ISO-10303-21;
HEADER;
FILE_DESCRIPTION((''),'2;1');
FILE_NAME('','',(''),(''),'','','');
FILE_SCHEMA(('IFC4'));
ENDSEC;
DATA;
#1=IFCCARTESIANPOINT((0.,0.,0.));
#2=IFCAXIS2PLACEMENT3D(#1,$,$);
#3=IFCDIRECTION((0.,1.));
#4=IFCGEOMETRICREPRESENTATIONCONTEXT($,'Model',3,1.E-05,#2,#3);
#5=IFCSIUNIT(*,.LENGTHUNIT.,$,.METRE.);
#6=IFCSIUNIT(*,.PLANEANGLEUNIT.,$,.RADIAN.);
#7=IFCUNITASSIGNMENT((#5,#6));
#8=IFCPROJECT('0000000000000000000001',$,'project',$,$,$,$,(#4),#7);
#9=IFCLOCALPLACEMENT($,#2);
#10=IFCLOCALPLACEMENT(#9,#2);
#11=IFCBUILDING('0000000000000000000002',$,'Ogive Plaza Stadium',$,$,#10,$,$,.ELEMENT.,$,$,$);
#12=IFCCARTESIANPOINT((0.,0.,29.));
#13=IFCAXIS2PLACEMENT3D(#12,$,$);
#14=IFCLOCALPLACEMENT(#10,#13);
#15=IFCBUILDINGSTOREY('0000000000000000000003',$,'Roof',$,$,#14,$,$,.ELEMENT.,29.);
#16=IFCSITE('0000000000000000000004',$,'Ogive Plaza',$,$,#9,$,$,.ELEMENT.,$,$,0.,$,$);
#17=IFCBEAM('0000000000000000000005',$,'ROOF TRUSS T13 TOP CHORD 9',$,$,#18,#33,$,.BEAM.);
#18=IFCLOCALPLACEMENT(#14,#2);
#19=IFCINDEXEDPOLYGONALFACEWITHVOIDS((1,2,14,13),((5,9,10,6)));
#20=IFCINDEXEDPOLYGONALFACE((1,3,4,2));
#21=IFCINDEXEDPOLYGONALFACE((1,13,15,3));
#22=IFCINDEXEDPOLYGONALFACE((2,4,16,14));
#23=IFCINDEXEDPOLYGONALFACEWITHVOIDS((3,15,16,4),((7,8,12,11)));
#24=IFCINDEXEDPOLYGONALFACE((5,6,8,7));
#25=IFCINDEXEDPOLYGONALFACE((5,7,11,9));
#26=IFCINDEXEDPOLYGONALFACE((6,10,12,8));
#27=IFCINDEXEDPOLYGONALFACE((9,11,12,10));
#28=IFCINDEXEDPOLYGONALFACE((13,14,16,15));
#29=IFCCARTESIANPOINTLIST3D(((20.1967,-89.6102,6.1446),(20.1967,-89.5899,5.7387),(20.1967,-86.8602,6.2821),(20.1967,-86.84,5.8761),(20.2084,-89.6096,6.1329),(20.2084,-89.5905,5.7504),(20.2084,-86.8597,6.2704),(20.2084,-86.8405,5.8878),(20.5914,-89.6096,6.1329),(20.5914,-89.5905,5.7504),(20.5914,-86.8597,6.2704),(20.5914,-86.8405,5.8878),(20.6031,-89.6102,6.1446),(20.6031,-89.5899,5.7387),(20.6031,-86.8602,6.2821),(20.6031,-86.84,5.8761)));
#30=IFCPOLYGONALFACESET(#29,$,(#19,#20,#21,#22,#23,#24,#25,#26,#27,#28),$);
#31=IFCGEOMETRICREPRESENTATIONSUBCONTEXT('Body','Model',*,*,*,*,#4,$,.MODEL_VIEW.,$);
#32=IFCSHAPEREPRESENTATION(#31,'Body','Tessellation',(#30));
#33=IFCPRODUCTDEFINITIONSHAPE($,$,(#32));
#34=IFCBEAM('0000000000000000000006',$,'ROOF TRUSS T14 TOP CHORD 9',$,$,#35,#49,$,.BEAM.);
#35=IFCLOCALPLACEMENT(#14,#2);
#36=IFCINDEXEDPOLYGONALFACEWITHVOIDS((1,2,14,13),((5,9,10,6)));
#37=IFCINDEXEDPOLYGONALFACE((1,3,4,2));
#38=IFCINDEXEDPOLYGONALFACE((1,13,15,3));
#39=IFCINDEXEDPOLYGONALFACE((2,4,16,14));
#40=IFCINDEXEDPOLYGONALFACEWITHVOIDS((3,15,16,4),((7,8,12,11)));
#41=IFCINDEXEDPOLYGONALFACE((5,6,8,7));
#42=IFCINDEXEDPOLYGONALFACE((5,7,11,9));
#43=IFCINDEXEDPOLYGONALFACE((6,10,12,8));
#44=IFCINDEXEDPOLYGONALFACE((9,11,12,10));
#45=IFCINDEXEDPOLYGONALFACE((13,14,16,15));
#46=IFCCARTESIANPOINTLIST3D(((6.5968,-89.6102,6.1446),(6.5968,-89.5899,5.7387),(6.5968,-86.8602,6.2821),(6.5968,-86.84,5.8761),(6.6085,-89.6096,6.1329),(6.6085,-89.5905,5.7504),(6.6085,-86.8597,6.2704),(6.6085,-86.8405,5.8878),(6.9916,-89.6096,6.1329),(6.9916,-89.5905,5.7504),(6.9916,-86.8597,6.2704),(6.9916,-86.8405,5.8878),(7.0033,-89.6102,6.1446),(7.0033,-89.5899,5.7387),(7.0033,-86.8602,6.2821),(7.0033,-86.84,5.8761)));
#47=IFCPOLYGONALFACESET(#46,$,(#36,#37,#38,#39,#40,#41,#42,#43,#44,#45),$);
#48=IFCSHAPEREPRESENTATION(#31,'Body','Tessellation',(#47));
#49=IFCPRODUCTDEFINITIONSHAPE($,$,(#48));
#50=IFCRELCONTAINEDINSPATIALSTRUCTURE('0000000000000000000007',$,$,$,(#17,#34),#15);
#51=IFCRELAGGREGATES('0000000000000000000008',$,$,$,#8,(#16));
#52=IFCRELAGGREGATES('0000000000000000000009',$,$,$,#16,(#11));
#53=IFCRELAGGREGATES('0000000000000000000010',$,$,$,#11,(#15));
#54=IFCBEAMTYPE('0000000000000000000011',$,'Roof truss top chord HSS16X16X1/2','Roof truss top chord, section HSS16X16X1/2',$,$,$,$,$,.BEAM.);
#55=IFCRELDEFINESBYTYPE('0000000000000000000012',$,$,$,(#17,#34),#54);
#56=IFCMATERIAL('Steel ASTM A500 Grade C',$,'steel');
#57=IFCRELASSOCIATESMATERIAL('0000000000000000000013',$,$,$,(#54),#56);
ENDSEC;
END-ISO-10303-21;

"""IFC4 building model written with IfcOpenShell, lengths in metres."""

from ifc_helpers import new_model, si_unit, direction, frame, origin, origin_2d, place, context, subcontext, project, spatial, hollow_rectangle, extrude, material, material_profile, profile_set, type_object, element, save


model = new_model("IFC4")

# Units and contexts
model_context = context("Model", 3, precision=1e-05, world=origin(), true_north=direction((0.0, 1.0)))
body_context = subcontext(model_context, "Body", "Model", "MODEL_VIEW")
ifc_project = project(units=[si_unit("LENGTHUNIT", "METRE"), si_unit("PLANEANGLEUNIT", "RADIAN")], contexts=[model_context])

# Site, building, storey
site_placement = place(None, origin())
site = spatial("IfcSite", under=ifc_project, at=site_placement, Name="Ogive Plaza", CompositionType="ELEMENT", RefElevation=0.0)
building_placement = place(site_placement, origin())
building = spatial("IfcBuilding", under=site, at=building_placement, Name="Ogive Plaza Stadium", CompositionType="ELEMENT")
storey_placement = place(building_placement, frame((0.0, 0.0, 29.0)))
storey = spatial("IfcBuildingStorey", under=building, at=storey_placement, Name="Roof", CompositionType="ELEMENT", Elevation=29.0)

# Beams
ifc_material_1 = material(Name="Steel ASTM A500 Grade C", Category="steel")
ifc_material_profile_1 = material_profile(ifc_material_1, hollow_rectangle(XDim=0.4065, YDim=0.4065, WallThickness=0.0117, at=origin_2d()), Name="HSS16X16X1/2")
ifc_profile_set_1 = profile_set([ifc_material_profile_1], Name="Steel ASTM A500 Grade C")
beam_type_1 = type_object("IfcBeamType", Name="Roof truss top chord HSS16X16X1/2", Description="Roof truss top chord, section HSS16X16X1/2", PredefinedType="BEAM", material=ifc_profile_set_1)
for number, where, z_axis, x_axis, name in (
    (1, (20.3999, -86.8501, 6.0791), (0.0, -0.998753, -0.04992), (1.0, 0.0, 0.0), "ROOF TRUSS T13 TOP CHORD 9"),
    (2, (6.8, -86.8501, 6.0791), (0.0, -0.998753, -0.04992), (1.0, 0.0, 0.0), "ROOF TRUSS T14 TOP CHORD 9"),
):
    element("IfcBeam", number, at=place(storey_placement, frame(where, z_axis=z_axis, x_axis=x_axis)), inside=storey, type_object=beam_type_1, Name=name, PredefinedType="BEAM", context=body_context, shape_type="SweptSolid", body=[
        extrude(hollow_rectangle(XDim=0.4065, YDim=0.4065, WallThickness=0.0117, at=origin_2d()), origin(), (0.0, 0.0, 1.0), 2.7534),
    ])

save(model, "model.ifc")
